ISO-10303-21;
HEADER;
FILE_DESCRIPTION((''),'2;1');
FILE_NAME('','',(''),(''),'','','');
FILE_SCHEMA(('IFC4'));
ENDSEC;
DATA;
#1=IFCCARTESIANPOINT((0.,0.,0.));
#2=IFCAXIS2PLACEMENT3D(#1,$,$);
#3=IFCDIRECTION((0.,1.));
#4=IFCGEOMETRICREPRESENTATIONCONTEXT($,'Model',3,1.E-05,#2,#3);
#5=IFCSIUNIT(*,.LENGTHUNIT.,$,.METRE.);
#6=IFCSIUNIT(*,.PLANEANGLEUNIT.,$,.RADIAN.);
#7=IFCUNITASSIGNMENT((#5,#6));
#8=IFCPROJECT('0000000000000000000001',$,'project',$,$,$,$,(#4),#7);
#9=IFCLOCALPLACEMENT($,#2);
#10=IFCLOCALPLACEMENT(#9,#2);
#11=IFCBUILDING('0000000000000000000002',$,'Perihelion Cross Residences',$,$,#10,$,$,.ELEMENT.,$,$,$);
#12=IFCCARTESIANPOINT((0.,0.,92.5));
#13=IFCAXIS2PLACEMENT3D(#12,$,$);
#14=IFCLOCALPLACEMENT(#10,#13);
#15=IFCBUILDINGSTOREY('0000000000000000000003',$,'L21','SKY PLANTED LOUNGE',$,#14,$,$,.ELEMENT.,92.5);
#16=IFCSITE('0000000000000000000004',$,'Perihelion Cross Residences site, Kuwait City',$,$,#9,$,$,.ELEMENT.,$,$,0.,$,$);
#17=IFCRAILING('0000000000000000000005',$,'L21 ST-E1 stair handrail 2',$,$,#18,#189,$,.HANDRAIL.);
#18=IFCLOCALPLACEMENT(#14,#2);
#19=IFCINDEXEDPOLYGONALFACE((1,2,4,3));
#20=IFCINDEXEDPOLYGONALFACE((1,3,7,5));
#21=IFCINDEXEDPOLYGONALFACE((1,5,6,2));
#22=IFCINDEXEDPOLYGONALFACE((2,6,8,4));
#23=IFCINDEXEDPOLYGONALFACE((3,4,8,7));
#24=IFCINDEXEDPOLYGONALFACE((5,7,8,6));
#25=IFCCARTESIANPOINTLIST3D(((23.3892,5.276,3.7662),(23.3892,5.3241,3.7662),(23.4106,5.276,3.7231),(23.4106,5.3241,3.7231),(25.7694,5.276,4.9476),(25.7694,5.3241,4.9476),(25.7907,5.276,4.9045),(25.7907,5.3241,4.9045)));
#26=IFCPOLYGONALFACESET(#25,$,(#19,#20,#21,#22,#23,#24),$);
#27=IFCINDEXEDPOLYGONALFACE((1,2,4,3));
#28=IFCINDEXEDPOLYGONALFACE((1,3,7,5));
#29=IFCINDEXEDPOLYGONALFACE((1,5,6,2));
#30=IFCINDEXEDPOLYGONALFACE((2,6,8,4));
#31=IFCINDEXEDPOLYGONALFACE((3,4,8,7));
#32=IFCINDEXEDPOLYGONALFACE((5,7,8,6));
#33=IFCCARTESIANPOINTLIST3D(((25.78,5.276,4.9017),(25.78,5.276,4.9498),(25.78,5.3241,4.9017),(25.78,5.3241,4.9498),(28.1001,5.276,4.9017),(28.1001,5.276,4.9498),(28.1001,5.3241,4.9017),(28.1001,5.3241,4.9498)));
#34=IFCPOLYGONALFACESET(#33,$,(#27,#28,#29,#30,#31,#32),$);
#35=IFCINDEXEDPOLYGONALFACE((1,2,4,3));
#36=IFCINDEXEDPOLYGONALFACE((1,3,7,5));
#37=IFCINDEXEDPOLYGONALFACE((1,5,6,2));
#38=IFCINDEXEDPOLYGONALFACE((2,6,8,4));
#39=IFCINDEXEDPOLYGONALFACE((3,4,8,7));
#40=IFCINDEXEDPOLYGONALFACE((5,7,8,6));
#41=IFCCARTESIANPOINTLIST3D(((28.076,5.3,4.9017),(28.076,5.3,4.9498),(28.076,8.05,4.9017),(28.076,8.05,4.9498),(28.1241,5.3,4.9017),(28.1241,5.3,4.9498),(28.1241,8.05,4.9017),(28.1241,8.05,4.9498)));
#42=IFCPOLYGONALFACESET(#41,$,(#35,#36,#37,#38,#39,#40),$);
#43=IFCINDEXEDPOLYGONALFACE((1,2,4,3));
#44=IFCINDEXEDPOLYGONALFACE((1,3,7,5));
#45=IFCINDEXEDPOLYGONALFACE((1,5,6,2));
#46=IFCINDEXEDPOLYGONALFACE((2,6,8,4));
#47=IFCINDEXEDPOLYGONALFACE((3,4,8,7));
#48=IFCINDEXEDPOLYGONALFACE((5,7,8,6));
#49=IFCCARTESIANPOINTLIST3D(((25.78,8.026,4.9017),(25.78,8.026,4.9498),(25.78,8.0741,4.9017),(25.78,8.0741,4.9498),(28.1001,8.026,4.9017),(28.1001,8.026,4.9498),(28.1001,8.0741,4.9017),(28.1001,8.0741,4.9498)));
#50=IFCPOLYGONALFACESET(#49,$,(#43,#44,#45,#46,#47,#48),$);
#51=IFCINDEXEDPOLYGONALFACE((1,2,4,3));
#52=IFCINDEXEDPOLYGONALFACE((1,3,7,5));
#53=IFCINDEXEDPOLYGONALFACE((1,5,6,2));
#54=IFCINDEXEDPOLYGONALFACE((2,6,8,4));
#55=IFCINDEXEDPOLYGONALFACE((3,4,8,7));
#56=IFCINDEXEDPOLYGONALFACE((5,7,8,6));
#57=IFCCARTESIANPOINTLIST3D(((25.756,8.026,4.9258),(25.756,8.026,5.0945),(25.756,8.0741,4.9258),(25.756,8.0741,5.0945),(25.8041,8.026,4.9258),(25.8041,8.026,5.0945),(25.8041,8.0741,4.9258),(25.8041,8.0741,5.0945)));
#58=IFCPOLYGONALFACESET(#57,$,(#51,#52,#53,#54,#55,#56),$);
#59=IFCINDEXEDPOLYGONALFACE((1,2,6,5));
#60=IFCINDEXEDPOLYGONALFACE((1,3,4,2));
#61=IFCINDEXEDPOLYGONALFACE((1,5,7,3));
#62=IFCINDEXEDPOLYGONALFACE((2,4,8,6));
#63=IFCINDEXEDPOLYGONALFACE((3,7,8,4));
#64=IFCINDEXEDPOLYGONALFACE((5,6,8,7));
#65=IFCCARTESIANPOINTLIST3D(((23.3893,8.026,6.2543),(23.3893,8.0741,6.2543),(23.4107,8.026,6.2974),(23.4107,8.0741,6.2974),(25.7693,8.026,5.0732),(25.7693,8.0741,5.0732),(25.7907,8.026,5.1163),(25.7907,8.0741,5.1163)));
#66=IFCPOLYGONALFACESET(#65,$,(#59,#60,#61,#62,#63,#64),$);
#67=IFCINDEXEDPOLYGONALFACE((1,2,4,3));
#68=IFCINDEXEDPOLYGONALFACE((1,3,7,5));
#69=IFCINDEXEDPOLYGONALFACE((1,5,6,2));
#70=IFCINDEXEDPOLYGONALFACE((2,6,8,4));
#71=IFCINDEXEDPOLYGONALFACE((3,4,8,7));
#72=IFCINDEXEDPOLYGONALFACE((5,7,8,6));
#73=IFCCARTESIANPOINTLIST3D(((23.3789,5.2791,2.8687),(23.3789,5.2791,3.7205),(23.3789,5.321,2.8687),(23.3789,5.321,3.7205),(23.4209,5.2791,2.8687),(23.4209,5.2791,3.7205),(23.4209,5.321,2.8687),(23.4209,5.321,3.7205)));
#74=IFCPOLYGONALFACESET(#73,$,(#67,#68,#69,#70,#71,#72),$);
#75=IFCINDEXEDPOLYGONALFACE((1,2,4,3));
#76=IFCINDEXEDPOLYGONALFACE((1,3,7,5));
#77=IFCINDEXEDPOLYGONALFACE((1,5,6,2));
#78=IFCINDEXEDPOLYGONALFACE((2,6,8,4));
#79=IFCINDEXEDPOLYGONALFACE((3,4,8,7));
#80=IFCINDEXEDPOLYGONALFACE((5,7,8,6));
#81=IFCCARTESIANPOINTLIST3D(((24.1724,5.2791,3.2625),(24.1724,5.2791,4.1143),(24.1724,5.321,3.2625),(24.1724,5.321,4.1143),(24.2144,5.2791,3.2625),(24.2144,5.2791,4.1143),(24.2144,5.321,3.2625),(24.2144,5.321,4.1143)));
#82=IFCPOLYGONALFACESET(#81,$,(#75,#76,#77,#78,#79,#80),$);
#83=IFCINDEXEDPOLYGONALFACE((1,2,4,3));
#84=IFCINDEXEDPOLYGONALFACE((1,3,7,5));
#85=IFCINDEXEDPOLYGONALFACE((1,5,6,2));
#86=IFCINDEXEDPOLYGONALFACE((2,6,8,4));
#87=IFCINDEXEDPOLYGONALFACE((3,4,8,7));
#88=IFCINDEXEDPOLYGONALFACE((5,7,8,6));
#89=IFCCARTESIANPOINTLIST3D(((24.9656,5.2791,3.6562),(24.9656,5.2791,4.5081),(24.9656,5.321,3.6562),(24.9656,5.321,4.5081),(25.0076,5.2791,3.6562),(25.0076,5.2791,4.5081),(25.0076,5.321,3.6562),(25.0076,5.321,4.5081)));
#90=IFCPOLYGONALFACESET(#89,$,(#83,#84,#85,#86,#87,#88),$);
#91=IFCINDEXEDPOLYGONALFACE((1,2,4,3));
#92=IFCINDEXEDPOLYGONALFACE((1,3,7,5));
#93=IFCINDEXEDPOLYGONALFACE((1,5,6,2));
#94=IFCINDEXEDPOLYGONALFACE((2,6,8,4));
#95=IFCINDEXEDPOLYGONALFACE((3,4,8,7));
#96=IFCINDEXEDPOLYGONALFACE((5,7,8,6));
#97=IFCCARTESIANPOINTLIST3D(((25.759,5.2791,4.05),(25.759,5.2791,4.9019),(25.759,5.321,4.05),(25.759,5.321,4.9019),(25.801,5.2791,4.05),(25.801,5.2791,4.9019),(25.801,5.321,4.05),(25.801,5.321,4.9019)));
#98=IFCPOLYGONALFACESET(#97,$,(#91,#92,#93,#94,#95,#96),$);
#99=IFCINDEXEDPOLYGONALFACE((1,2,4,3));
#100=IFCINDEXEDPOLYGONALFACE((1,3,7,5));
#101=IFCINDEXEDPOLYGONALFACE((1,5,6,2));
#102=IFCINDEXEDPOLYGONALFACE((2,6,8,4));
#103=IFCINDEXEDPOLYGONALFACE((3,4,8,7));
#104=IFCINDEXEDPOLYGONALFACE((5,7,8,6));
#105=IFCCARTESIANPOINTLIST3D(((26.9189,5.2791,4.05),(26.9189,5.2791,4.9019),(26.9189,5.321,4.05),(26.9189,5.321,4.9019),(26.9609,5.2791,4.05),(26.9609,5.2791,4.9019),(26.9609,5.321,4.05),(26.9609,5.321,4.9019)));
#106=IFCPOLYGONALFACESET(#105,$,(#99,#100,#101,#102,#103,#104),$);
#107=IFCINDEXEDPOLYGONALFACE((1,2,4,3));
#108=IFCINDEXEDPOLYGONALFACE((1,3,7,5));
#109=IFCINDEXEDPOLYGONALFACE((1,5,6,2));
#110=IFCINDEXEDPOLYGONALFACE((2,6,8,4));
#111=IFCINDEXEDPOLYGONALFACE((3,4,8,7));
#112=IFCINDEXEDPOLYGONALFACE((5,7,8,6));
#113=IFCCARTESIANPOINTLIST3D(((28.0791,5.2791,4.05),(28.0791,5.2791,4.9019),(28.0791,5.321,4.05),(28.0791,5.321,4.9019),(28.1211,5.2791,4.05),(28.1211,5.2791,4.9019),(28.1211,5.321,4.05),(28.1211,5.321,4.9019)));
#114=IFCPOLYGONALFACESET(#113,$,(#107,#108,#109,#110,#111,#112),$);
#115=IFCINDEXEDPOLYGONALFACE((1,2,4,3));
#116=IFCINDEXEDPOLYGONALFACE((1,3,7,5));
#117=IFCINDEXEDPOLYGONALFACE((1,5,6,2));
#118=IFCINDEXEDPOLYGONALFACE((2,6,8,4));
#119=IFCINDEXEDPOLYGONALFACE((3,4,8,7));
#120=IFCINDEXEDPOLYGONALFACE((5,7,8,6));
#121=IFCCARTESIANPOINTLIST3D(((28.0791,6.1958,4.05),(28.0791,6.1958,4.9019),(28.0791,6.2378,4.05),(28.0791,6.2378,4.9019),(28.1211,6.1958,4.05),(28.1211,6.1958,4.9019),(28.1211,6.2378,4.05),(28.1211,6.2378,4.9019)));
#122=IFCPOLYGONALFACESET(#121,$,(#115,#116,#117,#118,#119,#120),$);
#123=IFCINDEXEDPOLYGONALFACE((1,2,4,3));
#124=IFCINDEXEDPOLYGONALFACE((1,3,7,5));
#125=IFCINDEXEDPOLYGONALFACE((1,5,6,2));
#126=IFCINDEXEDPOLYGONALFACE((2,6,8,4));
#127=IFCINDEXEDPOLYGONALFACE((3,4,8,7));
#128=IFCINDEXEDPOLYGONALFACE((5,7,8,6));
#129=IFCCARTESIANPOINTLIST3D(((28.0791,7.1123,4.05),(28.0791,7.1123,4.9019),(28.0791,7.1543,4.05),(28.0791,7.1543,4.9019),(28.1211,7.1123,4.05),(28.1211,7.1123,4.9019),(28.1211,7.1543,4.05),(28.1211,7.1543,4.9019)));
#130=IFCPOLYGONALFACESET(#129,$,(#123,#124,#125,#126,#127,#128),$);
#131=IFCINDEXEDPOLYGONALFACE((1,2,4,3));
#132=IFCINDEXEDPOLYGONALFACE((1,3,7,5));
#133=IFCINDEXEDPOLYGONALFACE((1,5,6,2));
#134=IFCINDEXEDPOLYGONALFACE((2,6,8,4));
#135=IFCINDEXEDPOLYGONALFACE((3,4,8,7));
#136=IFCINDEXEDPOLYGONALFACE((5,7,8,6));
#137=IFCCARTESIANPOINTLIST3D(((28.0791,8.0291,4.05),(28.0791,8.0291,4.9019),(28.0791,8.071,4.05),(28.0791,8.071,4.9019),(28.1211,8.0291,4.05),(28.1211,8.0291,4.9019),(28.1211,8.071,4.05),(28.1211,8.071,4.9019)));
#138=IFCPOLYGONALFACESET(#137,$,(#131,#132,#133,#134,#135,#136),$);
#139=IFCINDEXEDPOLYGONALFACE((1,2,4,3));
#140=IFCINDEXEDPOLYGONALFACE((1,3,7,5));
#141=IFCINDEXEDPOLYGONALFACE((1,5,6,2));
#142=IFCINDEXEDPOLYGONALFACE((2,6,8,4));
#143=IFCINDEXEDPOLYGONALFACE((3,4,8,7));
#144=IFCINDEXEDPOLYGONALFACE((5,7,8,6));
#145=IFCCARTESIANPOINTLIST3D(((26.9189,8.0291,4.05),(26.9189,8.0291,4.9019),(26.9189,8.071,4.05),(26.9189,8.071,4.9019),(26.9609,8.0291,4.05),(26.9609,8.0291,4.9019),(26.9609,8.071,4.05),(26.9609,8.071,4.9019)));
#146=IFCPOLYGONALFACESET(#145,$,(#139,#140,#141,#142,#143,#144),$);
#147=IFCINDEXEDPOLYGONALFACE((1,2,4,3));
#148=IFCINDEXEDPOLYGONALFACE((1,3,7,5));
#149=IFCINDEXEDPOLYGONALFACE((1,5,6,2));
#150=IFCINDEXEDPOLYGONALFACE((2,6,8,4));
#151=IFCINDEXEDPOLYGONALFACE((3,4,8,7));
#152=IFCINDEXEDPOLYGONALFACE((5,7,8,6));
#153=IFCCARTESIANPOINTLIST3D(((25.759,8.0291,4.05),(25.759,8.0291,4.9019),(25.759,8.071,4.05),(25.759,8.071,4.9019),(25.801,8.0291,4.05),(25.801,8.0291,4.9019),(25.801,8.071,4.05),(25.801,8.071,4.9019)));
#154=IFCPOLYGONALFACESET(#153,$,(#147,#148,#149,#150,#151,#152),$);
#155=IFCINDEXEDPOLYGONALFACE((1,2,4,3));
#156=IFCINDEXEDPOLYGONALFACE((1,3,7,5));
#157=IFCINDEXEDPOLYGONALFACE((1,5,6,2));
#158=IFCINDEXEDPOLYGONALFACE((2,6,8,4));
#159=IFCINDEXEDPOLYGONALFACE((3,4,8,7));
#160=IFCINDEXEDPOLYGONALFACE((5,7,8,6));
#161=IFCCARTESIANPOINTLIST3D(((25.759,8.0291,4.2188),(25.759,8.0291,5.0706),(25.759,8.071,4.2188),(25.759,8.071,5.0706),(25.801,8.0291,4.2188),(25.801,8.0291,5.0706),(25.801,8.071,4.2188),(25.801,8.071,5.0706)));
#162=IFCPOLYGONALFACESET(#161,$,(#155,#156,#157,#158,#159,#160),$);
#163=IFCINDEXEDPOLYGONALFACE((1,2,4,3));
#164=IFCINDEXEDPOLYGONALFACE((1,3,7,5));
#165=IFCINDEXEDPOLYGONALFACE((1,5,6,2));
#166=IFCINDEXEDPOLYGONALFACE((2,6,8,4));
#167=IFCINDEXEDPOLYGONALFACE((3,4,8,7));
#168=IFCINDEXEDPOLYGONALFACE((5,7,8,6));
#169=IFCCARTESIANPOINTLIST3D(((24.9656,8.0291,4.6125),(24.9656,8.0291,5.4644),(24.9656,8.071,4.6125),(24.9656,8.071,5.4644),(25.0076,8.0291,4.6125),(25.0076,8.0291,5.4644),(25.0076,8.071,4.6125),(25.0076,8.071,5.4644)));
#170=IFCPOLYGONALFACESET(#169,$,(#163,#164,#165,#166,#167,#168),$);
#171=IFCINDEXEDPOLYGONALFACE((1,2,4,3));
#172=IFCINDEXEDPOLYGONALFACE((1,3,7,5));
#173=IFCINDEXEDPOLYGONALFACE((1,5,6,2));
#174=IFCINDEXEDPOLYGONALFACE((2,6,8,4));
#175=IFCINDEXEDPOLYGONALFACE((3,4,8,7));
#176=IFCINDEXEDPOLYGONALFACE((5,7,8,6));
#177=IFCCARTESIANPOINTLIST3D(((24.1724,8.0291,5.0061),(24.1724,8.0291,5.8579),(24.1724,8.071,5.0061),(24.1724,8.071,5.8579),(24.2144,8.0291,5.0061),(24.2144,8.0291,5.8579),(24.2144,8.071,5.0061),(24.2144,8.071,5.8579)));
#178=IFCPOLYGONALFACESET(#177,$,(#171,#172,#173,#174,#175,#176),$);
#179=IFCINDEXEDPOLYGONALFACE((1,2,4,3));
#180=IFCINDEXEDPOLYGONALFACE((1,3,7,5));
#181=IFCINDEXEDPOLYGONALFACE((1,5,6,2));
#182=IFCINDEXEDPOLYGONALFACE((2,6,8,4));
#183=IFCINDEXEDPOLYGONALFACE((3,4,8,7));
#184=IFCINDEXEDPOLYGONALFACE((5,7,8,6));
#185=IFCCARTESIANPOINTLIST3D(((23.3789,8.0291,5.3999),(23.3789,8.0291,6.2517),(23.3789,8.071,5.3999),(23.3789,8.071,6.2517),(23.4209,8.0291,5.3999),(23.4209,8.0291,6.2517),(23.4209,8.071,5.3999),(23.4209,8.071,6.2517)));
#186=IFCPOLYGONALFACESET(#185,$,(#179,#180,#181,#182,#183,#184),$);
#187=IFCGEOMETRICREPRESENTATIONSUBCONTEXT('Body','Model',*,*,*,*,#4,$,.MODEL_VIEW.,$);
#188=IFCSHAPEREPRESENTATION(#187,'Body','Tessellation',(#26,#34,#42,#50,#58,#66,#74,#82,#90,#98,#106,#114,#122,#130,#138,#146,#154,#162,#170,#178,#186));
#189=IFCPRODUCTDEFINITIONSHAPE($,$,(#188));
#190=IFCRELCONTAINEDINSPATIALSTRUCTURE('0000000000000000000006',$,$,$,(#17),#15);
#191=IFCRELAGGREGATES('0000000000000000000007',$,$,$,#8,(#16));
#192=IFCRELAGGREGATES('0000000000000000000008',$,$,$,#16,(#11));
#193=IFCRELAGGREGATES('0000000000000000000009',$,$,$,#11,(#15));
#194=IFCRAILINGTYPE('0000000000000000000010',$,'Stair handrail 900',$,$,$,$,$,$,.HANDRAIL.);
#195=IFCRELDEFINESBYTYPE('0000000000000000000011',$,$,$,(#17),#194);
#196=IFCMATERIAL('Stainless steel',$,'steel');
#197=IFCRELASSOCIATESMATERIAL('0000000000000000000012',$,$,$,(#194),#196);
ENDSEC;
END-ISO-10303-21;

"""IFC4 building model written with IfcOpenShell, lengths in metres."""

from ifc_helpers import new_model, si_unit, direction, frame, origin, origin_2d, place, context, subcontext, project, spatial, rectangle, extrude, material, type_object, element, save


model = new_model("IFC4")

# Units and contexts
model_context = context("Model", 3, precision=1e-05, world=origin(), true_north=direction((0.0, 1.0)))
body_context = subcontext(model_context, "Body", "Model", "MODEL_VIEW")
ifc_project = project(units=[si_unit("LENGTHUNIT", "METRE"), si_unit("PLANEANGLEUNIT", "RADIAN")], contexts=[model_context])

# Site, building, storey
site_placement = place(None, origin())
site = spatial("IfcSite", under=ifc_project, at=site_placement, Name="Perihelion Cross Residences site, Kuwait City", CompositionType="ELEMENT", RefElevation=0.0)
building_placement = place(site_placement, origin())
building = spatial("IfcBuilding", under=site, at=building_placement, Name="Perihelion Cross Residences", CompositionType="ELEMENT")
storey_placement = place(building_placement, frame((0.0, 0.0, 92.5)))
storey = spatial("IfcBuildingStorey", under=building, at=storey_placement, Name="L21", Description="SKY PLANTED LOUNGE", CompositionType="ELEMENT", Elevation=92.5)

# Railing
ifc_material_1 = material(Name="Stainless steel", Category="steel")
railing_type_1 = type_object("IfcRailingType", Name="Stair handrail 900", PredefinedType="HANDRAIL", material=ifc_material_1)
railing_1_placement = place(storey_placement, frame((23.3999, 5.3, 2.8687)))
element("IfcRailing", 1, at=railing_1_placement, inside=storey, type_object=railing_type_1, Name="L21 ST-E1 stair handrail 2", PredefinedType="HANDRAIL", context=body_context, shape_type="SweptSolid", body=[
    extrude(rectangle(XDim=0.0481, YDim=0.0481, at=origin_2d()), frame((0.0, 0.0, 0.876), z_axis=(0.895728, 0.0, 0.444602), x_axis=(0.0, 1.0, 0.0)), (0.0, 0.0, 1.0), 2.6572),
    extrude(rectangle(XDim=0.0481, YDim=0.0481, at=origin_2d()), frame((2.3801, 0.0, 2.0571), z_axis=(1.0, 0.0, 0.0), x_axis=(0.0, 1.0, 0.0)), (0.0, 0.0, 1.0), 2.3201),
    extrude(rectangle(XDim=0.0481, YDim=0.0481, at=origin_2d()), frame((4.7002, 0.0, 2.0571), z_axis=(0.0, 1.0, 0.0), x_axis=(-1.0, 0.0, 0.0)), (0.0, 0.0, 1.0), 2.75),
    extrude(rectangle(XDim=0.0481, YDim=0.0481, at=origin_2d()), frame((4.7002, 2.75, 2.0571), z_axis=(-1.0, 0.0, 0.0), x_axis=(0.0, -1.0, 0.0)), (0.0, 0.0, 1.0), 2.3201),
    extrude(rectangle(XDim=0.0481, YDim=0.0481, at=origin_2d()), frame((2.3801, 2.75, 2.0571), z_axis=(0.0, 0.0, 1.0), x_axis=(1.0, 0.0, 0.0)), (0.0, 0.0, 1.0), 0.1687),
    extrude(rectangle(XDim=0.0481, YDim=0.0481, at=origin_2d()), frame((2.3801, 2.75, 2.2261), z_axis=(-0.895765, 0.0, 0.444529), x_axis=(0.0, -1.0, 0.0)), (0.0, 0.0, 1.0), 2.657),
    extrude(rectangle(XDim=0.042, YDim=0.042, at=origin_2d()), origin(), (0.0, 0.0, 1.0), 0.8518),
    extrude(rectangle(XDim=0.042, YDim=0.042, at=origin_2d()), frame((0.7935, 0.0, 0.3938)), (0.0, 0.0, 1.0), 0.8518),
    extrude(rectangle(XDim=0.042, YDim=0.042, at=origin_2d()), frame((1.5867, 0.0, 0.7876)), (0.0, 0.0, 1.0), 0.8518),
    extrude(rectangle(XDim=0.042, YDim=0.042, at=origin_2d()), frame((2.3801, 0.0, 1.1814)), (0.0, 0.0, 1.0), 0.8518),
    extrude(rectangle(XDim=0.042, YDim=0.042, at=origin_2d()), frame((3.54, 0.0, 1.1814)), (0.0, 0.0, 1.0), 0.8518),
    extrude(rectangle(XDim=0.042, YDim=0.042, at=origin_2d()), frame((4.7002, 0.0, 1.1814)), (0.0, 0.0, 1.0), 0.8518),
    extrude(rectangle(XDim=0.042, YDim=0.042, at=origin_2d()), frame((4.7002, 0.9167, 1.1814)), (0.0, 0.0, 1.0), 0.8518),
    extrude(rectangle(XDim=0.042, YDim=0.042, at=origin_2d()), frame((4.7002, 1.8333, 1.1814)), (0.0, 0.0, 1.0), 0.8518),
    extrude(rectangle(XDim=0.042, YDim=0.042, at=origin_2d()), frame((4.7002, 2.75, 1.1814)), (0.0, 0.0, 1.0), 0.8518),
    extrude(rectangle(XDim=0.042, YDim=0.042, at=origin_2d()), frame((3.54, 2.75, 1.1814)), (0.0, 0.0, 1.0), 0.8518),
    extrude(rectangle(XDim=0.042, YDim=0.042, at=origin_2d()), frame((2.3801, 2.75, 1.1814)), (0.0, 0.0, 1.0), 0.8518),
    extrude(rectangle(XDim=0.042, YDim=0.042, at=origin_2d()), frame((2.3801, 2.75, 1.3501)), (0.0, 0.0, 1.0), 0.8518),
    extrude(rectangle(XDim=0.042, YDim=0.042, at=origin_2d()), frame((1.5867, 2.75, 1.7439)), (0.0, 0.0, 1.0), 0.8518),
    extrude(rectangle(XDim=0.042, YDim=0.042, at=origin_2d()), frame((0.7935, 2.75, 2.1375)), (0.0, 0.0, 1.0), 0.8518),
    extrude(rectangle(XDim=0.042, YDim=0.042, at=origin_2d()), frame((0.0, 2.75, 2.5312)), (0.0, 0.0, 1.0), 0.8518),
])

save(model, "model.ifc")
